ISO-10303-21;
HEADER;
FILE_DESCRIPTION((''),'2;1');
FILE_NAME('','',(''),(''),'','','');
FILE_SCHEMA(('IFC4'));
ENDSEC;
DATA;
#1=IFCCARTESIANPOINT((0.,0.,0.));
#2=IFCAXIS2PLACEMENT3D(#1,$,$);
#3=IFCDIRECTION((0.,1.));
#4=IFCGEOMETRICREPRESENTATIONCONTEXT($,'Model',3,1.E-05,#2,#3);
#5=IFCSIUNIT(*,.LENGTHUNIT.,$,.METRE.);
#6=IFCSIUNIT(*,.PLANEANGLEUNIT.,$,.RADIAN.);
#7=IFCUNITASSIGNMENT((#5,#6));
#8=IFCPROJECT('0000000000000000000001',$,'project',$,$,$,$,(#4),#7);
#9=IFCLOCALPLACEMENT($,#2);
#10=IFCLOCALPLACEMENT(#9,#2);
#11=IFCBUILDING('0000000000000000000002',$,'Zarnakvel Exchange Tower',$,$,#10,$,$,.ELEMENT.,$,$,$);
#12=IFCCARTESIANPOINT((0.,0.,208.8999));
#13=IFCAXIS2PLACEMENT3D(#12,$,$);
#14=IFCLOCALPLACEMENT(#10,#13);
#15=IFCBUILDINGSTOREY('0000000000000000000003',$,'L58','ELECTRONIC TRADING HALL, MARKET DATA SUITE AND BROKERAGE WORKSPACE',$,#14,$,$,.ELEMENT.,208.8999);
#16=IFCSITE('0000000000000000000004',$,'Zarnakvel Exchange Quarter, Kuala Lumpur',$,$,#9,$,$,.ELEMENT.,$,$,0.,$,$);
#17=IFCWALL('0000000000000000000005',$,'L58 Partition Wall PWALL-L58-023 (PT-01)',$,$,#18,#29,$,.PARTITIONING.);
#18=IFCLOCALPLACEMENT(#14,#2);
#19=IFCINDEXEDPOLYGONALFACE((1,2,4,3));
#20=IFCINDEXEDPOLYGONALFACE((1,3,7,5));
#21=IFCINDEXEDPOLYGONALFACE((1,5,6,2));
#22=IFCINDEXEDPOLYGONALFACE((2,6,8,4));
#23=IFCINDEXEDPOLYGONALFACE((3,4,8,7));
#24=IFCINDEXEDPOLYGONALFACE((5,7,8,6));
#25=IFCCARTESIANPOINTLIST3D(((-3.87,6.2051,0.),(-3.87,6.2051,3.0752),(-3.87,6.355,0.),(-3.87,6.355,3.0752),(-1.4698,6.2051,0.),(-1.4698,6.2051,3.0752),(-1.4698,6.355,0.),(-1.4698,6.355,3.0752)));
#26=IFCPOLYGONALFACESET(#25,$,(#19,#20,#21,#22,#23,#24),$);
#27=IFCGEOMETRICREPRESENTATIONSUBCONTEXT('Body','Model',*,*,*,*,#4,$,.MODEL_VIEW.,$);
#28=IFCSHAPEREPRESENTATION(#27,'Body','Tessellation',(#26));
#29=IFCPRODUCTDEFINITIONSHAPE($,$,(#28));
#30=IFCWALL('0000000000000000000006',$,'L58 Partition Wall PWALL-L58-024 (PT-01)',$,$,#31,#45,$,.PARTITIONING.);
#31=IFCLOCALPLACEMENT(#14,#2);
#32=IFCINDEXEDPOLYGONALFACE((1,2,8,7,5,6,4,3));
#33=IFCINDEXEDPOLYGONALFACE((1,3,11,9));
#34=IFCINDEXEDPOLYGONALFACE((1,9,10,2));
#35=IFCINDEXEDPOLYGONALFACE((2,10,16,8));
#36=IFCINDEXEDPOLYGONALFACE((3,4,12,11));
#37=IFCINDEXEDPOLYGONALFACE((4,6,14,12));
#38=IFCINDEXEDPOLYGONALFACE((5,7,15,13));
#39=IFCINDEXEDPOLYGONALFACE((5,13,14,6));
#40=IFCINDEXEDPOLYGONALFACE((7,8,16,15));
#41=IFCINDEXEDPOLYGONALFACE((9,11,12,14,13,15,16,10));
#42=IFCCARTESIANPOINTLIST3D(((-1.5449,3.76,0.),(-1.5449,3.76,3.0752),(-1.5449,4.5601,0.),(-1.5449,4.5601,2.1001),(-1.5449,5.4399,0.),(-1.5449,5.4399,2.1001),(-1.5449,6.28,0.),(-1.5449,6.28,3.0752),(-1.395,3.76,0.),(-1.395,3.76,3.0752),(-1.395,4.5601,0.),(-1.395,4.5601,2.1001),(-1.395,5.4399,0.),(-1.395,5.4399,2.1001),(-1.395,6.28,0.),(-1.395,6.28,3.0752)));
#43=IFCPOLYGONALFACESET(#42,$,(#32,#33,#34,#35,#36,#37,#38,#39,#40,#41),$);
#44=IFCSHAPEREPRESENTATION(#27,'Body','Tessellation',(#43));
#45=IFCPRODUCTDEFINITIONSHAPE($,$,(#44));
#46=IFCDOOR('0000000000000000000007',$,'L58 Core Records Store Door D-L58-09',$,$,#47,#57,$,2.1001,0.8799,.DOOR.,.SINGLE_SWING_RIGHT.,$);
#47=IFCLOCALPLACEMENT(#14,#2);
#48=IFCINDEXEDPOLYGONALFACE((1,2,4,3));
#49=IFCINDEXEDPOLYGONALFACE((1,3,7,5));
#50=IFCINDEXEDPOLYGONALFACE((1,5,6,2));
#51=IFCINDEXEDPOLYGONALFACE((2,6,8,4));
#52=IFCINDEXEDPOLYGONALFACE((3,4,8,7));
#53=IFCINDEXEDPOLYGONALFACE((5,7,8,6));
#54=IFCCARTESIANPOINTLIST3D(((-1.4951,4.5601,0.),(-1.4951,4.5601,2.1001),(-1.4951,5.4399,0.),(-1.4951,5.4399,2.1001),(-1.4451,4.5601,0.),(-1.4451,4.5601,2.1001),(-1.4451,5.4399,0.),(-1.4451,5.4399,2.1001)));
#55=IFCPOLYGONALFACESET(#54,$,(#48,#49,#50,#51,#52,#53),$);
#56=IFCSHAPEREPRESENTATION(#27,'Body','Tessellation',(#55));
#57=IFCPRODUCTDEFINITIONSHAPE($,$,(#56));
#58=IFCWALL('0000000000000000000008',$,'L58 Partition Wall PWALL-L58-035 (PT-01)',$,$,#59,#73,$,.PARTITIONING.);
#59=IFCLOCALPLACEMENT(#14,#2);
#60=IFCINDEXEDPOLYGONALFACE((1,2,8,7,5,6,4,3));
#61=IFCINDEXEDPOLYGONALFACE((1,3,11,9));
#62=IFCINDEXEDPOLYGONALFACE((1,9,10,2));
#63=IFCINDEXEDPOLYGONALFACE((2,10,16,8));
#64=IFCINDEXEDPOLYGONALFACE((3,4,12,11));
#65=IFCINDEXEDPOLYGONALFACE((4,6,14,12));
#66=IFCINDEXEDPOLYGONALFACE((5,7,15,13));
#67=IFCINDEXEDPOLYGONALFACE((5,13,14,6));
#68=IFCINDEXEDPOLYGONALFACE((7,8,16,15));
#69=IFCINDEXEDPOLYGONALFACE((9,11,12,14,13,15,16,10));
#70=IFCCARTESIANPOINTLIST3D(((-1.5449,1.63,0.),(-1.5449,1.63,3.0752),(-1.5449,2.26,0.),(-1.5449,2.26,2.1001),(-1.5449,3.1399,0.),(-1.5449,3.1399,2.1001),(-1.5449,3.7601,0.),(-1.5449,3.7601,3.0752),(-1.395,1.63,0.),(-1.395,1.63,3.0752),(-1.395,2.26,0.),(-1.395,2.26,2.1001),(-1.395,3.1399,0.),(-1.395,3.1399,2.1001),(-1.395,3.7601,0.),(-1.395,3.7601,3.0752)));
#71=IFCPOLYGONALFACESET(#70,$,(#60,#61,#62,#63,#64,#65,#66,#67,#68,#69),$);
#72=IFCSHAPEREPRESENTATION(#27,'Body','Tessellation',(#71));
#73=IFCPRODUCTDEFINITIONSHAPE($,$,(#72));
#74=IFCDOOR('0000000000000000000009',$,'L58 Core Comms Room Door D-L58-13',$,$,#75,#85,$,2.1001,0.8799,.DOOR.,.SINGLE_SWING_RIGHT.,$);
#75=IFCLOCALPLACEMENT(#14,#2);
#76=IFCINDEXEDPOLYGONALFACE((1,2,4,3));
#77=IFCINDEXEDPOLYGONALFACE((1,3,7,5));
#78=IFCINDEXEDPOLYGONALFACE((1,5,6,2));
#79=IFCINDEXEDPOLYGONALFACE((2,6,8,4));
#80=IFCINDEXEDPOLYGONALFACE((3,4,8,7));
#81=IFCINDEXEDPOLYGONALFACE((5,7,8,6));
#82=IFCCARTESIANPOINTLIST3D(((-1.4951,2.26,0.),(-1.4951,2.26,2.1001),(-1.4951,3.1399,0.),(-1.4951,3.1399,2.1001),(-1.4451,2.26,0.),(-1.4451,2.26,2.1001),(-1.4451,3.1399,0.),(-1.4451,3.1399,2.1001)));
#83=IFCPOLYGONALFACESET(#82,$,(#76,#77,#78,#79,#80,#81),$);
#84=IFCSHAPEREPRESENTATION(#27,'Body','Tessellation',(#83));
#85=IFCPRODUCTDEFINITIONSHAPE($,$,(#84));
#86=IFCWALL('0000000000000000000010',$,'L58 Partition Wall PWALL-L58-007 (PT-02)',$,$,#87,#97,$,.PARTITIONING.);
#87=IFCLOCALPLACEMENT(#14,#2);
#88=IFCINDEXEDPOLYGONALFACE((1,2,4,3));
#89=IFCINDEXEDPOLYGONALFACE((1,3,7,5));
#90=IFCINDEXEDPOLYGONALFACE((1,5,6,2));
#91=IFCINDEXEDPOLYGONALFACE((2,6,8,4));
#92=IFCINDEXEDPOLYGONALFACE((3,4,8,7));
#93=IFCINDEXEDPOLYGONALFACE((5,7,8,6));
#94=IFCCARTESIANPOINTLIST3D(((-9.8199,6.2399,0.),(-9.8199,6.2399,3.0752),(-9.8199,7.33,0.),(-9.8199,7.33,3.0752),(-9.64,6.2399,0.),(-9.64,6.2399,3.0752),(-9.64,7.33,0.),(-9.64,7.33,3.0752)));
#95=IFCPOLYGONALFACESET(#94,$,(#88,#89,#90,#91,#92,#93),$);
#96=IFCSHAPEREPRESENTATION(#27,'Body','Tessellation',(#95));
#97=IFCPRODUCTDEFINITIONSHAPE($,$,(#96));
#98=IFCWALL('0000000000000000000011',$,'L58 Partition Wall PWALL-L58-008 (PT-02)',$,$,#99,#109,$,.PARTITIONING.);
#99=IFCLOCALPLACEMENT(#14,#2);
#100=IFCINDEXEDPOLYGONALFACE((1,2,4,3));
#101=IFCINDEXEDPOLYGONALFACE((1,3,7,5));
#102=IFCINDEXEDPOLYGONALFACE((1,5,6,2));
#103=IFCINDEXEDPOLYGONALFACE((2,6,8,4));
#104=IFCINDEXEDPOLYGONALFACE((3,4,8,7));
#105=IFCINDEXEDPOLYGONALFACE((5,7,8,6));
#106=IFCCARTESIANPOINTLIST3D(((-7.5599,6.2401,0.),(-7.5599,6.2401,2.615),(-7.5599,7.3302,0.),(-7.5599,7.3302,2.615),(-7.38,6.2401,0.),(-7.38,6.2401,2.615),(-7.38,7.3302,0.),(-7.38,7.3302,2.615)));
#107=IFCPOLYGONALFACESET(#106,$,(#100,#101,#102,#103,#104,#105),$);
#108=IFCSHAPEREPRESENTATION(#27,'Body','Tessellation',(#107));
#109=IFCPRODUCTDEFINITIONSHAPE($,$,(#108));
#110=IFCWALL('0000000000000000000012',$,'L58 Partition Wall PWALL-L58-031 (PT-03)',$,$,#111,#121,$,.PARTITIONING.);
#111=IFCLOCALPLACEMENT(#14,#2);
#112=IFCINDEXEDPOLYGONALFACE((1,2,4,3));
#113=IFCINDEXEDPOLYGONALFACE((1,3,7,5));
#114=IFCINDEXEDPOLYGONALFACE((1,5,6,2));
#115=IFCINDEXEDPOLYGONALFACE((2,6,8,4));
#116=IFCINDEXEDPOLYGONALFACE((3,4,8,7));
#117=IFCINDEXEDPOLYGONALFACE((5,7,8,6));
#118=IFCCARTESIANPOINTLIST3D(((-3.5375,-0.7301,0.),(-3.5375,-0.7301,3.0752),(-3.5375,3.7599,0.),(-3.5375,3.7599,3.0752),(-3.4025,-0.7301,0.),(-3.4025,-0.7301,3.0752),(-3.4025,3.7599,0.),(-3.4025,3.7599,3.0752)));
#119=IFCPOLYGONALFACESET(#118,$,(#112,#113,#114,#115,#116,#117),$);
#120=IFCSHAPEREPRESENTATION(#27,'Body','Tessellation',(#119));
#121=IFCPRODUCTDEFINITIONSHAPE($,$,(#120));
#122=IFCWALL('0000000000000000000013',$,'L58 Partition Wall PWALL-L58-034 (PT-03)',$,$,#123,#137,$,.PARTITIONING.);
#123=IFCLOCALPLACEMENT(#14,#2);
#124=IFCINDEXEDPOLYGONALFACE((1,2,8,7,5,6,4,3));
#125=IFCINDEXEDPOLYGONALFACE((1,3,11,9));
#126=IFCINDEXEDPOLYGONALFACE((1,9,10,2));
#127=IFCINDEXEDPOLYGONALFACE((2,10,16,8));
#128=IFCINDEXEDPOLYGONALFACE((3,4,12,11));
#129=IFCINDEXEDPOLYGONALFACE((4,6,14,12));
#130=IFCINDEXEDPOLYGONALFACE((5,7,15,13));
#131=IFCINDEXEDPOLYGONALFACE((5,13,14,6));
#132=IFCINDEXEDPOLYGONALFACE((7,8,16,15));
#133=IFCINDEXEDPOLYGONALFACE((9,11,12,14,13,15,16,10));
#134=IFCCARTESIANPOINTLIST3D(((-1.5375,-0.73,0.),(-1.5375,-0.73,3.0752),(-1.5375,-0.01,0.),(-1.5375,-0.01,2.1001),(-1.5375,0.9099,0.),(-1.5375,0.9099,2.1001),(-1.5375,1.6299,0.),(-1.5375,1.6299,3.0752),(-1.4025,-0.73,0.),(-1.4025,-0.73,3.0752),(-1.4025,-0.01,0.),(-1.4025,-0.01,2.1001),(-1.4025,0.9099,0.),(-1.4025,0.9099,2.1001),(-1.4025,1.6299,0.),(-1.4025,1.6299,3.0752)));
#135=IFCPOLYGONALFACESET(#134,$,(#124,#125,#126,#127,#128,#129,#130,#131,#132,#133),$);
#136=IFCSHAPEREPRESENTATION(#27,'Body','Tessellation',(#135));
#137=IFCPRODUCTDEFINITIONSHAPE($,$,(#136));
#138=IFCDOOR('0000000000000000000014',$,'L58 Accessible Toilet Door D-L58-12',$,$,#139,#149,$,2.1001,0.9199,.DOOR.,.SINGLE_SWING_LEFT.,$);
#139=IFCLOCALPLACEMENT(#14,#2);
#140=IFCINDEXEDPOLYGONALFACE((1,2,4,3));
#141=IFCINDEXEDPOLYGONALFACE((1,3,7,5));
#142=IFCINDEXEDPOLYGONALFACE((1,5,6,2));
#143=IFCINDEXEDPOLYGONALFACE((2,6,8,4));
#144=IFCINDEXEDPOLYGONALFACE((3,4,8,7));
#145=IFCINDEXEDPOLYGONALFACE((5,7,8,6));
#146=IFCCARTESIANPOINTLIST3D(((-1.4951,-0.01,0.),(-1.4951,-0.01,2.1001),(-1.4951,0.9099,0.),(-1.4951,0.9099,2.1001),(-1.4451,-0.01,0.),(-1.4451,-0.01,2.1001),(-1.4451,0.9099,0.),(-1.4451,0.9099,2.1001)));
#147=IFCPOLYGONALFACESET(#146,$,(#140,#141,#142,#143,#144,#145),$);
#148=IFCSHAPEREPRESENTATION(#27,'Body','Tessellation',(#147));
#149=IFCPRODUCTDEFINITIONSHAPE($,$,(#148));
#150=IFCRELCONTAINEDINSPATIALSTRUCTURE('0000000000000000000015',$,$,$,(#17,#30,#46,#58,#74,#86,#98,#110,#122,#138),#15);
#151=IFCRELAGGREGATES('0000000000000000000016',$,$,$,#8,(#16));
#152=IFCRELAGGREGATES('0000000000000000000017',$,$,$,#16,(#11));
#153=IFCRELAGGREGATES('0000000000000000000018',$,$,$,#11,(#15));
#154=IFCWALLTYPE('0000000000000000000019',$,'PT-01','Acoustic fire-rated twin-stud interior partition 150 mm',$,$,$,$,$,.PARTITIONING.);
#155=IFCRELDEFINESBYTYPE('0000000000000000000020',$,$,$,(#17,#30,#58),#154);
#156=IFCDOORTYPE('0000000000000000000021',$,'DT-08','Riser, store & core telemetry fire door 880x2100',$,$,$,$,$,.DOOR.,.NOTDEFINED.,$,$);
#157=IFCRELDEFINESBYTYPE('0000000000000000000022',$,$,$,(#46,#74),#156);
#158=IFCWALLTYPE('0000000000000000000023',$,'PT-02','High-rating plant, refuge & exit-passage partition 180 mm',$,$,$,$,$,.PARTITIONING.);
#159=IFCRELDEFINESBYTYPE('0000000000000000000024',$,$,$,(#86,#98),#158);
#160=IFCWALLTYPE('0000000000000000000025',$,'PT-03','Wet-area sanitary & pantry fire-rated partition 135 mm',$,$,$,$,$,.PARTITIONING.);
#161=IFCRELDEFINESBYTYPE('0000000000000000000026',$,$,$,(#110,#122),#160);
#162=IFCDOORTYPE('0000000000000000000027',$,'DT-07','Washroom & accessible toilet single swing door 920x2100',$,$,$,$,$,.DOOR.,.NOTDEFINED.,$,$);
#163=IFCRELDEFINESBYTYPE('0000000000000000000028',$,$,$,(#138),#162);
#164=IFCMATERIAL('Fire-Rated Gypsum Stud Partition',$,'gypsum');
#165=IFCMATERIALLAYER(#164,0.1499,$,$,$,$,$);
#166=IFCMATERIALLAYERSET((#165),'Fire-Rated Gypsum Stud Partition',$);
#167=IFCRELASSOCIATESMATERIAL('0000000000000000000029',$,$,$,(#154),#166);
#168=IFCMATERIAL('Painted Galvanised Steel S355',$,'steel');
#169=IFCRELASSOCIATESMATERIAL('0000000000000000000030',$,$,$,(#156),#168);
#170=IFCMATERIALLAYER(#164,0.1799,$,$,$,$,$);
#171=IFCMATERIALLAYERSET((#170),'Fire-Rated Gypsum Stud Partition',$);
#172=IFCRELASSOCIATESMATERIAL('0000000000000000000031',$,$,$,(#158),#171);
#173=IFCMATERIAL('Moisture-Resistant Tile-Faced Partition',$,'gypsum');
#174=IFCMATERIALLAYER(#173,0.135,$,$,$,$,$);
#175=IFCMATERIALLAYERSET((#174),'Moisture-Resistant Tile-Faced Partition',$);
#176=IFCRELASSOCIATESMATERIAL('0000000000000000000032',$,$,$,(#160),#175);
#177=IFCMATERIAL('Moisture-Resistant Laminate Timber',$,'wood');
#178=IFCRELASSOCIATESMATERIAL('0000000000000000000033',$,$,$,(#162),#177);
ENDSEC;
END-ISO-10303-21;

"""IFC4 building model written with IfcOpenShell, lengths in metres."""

from ifc_helpers import new_model, si_unit, direction, frame, frame_2d, origin, place, context, subcontext, project, spatial, rectangle, extrude, source, transform, mapped, material, layer, layer_set, type_object, element, fill, save


model = new_model("IFC4")

# Units and contexts
model_context = context("Model", 3, precision=1e-05, world=origin(), true_north=direction((0.0, 1.0)))
body_context = subcontext(model_context, "Body", "Model", "MODEL_VIEW")
ifc_project = project(units=[si_unit("LENGTHUNIT", "METRE"), si_unit("PLANEANGLEUNIT", "RADIAN")], contexts=[model_context])

# Site, building, storey
site_placement = place(None, origin())
site = spatial("IfcSite", under=ifc_project, at=site_placement, Name="Zarnakvel Exchange Quarter, Kuala Lumpur", CompositionType="ELEMENT", RefElevation=0.0)
building_placement = place(site_placement, origin())
building = spatial("IfcBuilding", under=site, at=building_placement, Name="Zarnakvel Exchange Tower", CompositionType="ELEMENT")
storey_placement = place(building_placement, frame((0.0, 0.0, 208.8999)))
storey = spatial("IfcBuildingStorey", under=building, at=storey_placement, Name="L58", Description="ELECTRONIC TRADING HALL, MARKET DATA SUITE AND BROKERAGE WORKSPACE", CompositionType="ELEMENT", Elevation=208.8999)

# Shared definitions
ifc_material_1 = material(Name="Fire-Rated Gypsum Stud Partition", Category="gypsum")
ifc_layer_1 = layer(ifc_material_1, 0.1499)
ifc_layer_set_1 = layer_set([ifc_layer_1], Name="Fire-Rated Gypsum Stud Partition")
wall_type_1 = type_object("IfcWallType", Name="PT-01", Description="Acoustic fire-rated twin-stud interior partition 150 mm", PredefinedType="PARTITIONING", material=ifc_layer_set_1)

# Shared definitions
ifc_material_2 = material(Name="Painted Galvanised Steel S355", Category="steel")
door_type_1 = type_object("IfcDoorType", Name="DT-08", Description="Riser, store & core telemetry fire door 880x2100", OperationType="NOTDEFINED", PredefinedType="DOOR", material=ifc_material_2)
shared_shape_1 = source(origin(), body_context, "Body", "SweptSolid", [
    extrude(rectangle(XDim=0.8799, YDim=2.1001, at=frame_2d((0.4399, 1.05))), frame((0.0, 0.0249, 0.0), z_axis=(0.0, -1.0, 0.0), x_axis=(1.0, 0.0, 0.0)), (0.0, 0.0, 1.0), 0.05),
])

# Wall
for number, where, z_axis, x_axis, name in (
    (1, (-3.8701, 6.28, 0.0), (0.0, 0.0, 1.0), (1.0, 0.0, 0.0), "L58 Partition Wall PWALL-L58-023 (PT-01)"),
):
    element("IfcWall", number, at=place(storey_placement, frame(where, z_axis=z_axis, x_axis=x_axis)), inside=storey, type_object=wall_type_1, Name=name, PredefinedType="PARTITIONING", context=body_context, shape_type="SweptSolid", body=[
        extrude(rectangle(XDim=2.4001, YDim=0.1499, at=frame_2d((1.2002, 0.0))), origin(), (0.0, 0.0, 1.0), 3.0752),
    ])

# Walls, openings, doors
wall_1_placement = place(storey_placement, frame((-1.47, 6.28, 0.0), z_axis=(0.0, 0.0, 1.0), x_axis=(0.0, -1.0, 0.0)))
wall_1 = element("IfcWall", 2, at=wall_1_placement, inside=storey, type_object=wall_type_1, Name="L58 Partition Wall PWALL-L58-024 (PT-01)", PredefinedType="PARTITIONING", context=body_context, shape_type="SweptSolid", body=[
    extrude(rectangle(XDim=2.52, YDim=0.1499, at=frame_2d((1.26, 0.0))), origin(), (0.0, 0.0, 1.0), 3.0752),
])
opening_1_placement = place(wall_1_placement, frame((0.8401, 0.0, 0.0)))
opening_1 = element("IfcOpeningElement", 3, at=opening_1_placement, cuts=wall_1, PredefinedType="OPENING", context=body_context, shape_type="SweptSolid", body=[
    extrude(rectangle(XDim=0.8799, YDim=2.1001, at=frame_2d((0.4399, 1.05))), frame((0.0, 0.085, 0.0), z_axis=(0.0, -1.0, 0.0), x_axis=(1.0, 0.0, 0.0)), (0.0, 0.0, 1.0), 0.1699),
])
door_1_placement = place(opening_1_placement, origin())
door_1 = element("IfcDoor", 4, at=door_1_placement, inside=storey, type_object=door_type_1, Name="L58 Core Records Store Door D-L58-09", OperationType="SINGLE_SWING_RIGHT", OverallHeight=2.1001, OverallWidth=0.8799, PredefinedType="DOOR", context=body_context, shape_type="MappedRepresentation", body=[
    mapped(shared_shape_1, transform((0.0, 0.0, 0.0), x_axis=(1.0, 0.0, 0.0), y_axis=(0.0, 1.0, 0.0), z_axis=(0.0, 0.0, 1.0), scale=1.0)),
])
fill(opening_1, door_1)
wall_2_placement = place(storey_placement, frame((-1.47, 3.76, 0.0), z_axis=(0.0, 0.0, 1.0), x_axis=(0.0, -1.0, 0.0)))
wall_2 = element("IfcWall", 5, at=wall_2_placement, inside=storey, type_object=wall_type_1, Name="L58 Partition Wall PWALL-L58-035 (PT-01)", PredefinedType="PARTITIONING", context=body_context, shape_type="SweptSolid", body=[
    extrude(rectangle(XDim=2.1301, YDim=0.1499, at=frame_2d((1.0649, 0.0))), origin(), (0.0, 0.0, 1.0), 3.0752),
])
opening_2_placement = place(wall_2_placement, frame((0.6201, 0.0, 0.0)))
opening_2 = element("IfcOpeningElement", 6, at=opening_2_placement, cuts=wall_2, PredefinedType="OPENING", context=body_context, shape_type="SweptSolid", body=[
    extrude(rectangle(XDim=0.8799, YDim=2.1001, at=frame_2d((0.4399, 1.05))), frame((0.0, 0.085, 0.0), z_axis=(0.0, -1.0, 0.0), x_axis=(1.0, 0.0, 0.0)), (0.0, 0.0, 1.0), 0.1699),
])
door_2_placement = place(opening_2_placement, origin())
door_2 = element("IfcDoor", 7, at=door_2_placement, inside=storey, type_object=door_type_1, Name="L58 Core Comms Room Door D-L58-13", OperationType="SINGLE_SWING_RIGHT", OverallHeight=2.1001, OverallWidth=0.8799, PredefinedType="DOOR", context=body_context, shape_type="MappedRepresentation", body=[
    mapped(shared_shape_1, transform((0.0, 0.0, 0.0), x_axis=(1.0, 0.0, 0.0), y_axis=(0.0, 1.0, 0.0), z_axis=(0.0, 0.0, 1.0), scale=1.0)),
])
fill(opening_2, door_2)

# Walls
ifc_layer_2 = layer(ifc_material_1, 0.1799)
ifc_layer_set_2 = layer_set([ifc_layer_2], Name="Fire-Rated Gypsum Stud Partition")
wall_type_2 = type_object("IfcWallType", Name="PT-02", Description="High-rating plant, refuge & exit-passage partition 180 mm", PredefinedType="PARTITIONING", material=ifc_layer_set_2)
wall_3_placement = place(storey_placement, frame((-9.73, 6.24, 0.0), z_axis=(0.0, 0.0, 1.0), x_axis=(0.0, 1.0, 0.0)))
element("IfcWall", 8, at=wall_3_placement, inside=storey, type_object=wall_type_2, Name="L58 Partition Wall PWALL-L58-007 (PT-02)", PredefinedType="PARTITIONING", context=body_context, shape_type="SweptSolid", body=[
    extrude(rectangle(XDim=1.0901, YDim=0.1799, at=frame_2d((0.5449, 0.0))), origin(), (0.0, 0.0, 1.0), 3.0752),
])
wall_4_placement = place(storey_placement, frame((-7.47, 7.3301, 0.0), z_axis=(0.0, 0.0, 1.0), x_axis=(0.0, -1.0, 0.0)))
element("IfcWall", 9, at=wall_4_placement, inside=storey, type_object=wall_type_2, Name="L58 Partition Wall PWALL-L58-008 (PT-02)", PredefinedType="PARTITIONING", context=body_context, shape_type="SweptSolid", body=[
    extrude(rectangle(XDim=1.0901, YDim=0.1799, at=frame_2d((0.5449, 0.0))), origin(), (0.0, 0.0, 1.0), 2.615),
])
ifc_material_3 = material(Name="Moisture-Resistant Tile-Faced Partition", Category="gypsum")
ifc_layer_3 = layer(ifc_material_3, 0.135)
ifc_layer_set_3 = layer_set([ifc_layer_3], Name="Moisture-Resistant Tile-Faced Partition")
wall_type_3 = type_object("IfcWallType", Name="PT-03", Description="Wet-area sanitary & pantry fire-rated partition 135 mm", PredefinedType="PARTITIONING", material=ifc_layer_set_3)
wall_5_placement = place(storey_placement, frame((-3.47, 3.76, 0.0), z_axis=(0.0, 0.0, 1.0), x_axis=(0.0, -1.0, 0.0)))
element("IfcWall", 10, at=wall_5_placement, inside=storey, type_object=wall_type_3, Name="L58 Partition Wall PWALL-L58-031 (PT-03)", PredefinedType="PARTITIONING", context=body_context, shape_type="SweptSolid", body=[
    extrude(rectangle(XDim=4.49, YDim=0.135, at=frame_2d((2.2451, 0.0))), origin(), (0.0, 0.0, 1.0), 3.0752),
])

# Wall, opening, door
wall_6_placement = place(storey_placement, frame((-1.47, 1.6299, 0.0), z_axis=(0.0, 0.0, 1.0), x_axis=(0.0, -1.0, 0.0)))
wall_6 = element("IfcWall", 11, at=wall_6_placement, inside=storey, type_object=wall_type_3, Name="L58 Partition Wall PWALL-L58-034 (PT-03)", PredefinedType="PARTITIONING", context=body_context, shape_type="SweptSolid", body=[
    extrude(rectangle(XDim=2.3599, YDim=0.135, at=frame_2d((1.1799, 0.0))), origin(), (0.0, 0.0, 1.0), 3.0752),
])
opening_3_placement = place(wall_6_placement, frame((0.72, 0.0, 0.0)))
opening_3 = element("IfcOpeningElement", 12, at=opening_3_placement, cuts=wall_6, PredefinedType="OPENING", context=body_context, shape_type="SweptSolid", body=[
    extrude(rectangle(XDim=0.9199, YDim=2.1001, at=frame_2d((0.46, 1.05))), frame((0.0, 0.0774, 0.0), z_axis=(0.0, -1.0, 0.0), x_axis=(1.0, 0.0, 0.0)), (0.0, 0.0, 1.0), 0.155),
])
ifc_material_4 = material(Name="Moisture-Resistant Laminate Timber", Category="wood")
door_type_2 = type_object("IfcDoorType", Name="DT-07", Description="Washroom & accessible toilet single swing door 920x2100", OperationType="NOTDEFINED", PredefinedType="DOOR", material=ifc_material_4)
shared_shape_2 = source(origin(), body_context, "Body", "SweptSolid", [
    extrude(rectangle(XDim=0.9199, YDim=2.1001, at=frame_2d((0.46, 1.05))), frame((0.0, 0.0249, 0.0), z_axis=(0.0, -1.0, 0.0), x_axis=(1.0, 0.0, 0.0)), (0.0, 0.0, 1.0), 0.05),
])
door_3_placement = place(opening_3_placement, origin())
door_3 = element("IfcDoor", 13, at=door_3_placement, inside=storey, type_object=door_type_2, Name="L58 Accessible Toilet Door D-L58-12", OperationType="SINGLE_SWING_LEFT", OverallHeight=2.1001, OverallWidth=0.9199, PredefinedType="DOOR", context=body_context, shape_type="MappedRepresentation", body=[
    mapped(shared_shape_2, transform((0.0, 0.0, 0.0), x_axis=(1.0, 0.0, 0.0), y_axis=(0.0, 1.0, 0.0), z_axis=(0.0, 0.0, 1.0), scale=1.0)),
])
fill(opening_3, door_3)

save(model, "model.ifc")
